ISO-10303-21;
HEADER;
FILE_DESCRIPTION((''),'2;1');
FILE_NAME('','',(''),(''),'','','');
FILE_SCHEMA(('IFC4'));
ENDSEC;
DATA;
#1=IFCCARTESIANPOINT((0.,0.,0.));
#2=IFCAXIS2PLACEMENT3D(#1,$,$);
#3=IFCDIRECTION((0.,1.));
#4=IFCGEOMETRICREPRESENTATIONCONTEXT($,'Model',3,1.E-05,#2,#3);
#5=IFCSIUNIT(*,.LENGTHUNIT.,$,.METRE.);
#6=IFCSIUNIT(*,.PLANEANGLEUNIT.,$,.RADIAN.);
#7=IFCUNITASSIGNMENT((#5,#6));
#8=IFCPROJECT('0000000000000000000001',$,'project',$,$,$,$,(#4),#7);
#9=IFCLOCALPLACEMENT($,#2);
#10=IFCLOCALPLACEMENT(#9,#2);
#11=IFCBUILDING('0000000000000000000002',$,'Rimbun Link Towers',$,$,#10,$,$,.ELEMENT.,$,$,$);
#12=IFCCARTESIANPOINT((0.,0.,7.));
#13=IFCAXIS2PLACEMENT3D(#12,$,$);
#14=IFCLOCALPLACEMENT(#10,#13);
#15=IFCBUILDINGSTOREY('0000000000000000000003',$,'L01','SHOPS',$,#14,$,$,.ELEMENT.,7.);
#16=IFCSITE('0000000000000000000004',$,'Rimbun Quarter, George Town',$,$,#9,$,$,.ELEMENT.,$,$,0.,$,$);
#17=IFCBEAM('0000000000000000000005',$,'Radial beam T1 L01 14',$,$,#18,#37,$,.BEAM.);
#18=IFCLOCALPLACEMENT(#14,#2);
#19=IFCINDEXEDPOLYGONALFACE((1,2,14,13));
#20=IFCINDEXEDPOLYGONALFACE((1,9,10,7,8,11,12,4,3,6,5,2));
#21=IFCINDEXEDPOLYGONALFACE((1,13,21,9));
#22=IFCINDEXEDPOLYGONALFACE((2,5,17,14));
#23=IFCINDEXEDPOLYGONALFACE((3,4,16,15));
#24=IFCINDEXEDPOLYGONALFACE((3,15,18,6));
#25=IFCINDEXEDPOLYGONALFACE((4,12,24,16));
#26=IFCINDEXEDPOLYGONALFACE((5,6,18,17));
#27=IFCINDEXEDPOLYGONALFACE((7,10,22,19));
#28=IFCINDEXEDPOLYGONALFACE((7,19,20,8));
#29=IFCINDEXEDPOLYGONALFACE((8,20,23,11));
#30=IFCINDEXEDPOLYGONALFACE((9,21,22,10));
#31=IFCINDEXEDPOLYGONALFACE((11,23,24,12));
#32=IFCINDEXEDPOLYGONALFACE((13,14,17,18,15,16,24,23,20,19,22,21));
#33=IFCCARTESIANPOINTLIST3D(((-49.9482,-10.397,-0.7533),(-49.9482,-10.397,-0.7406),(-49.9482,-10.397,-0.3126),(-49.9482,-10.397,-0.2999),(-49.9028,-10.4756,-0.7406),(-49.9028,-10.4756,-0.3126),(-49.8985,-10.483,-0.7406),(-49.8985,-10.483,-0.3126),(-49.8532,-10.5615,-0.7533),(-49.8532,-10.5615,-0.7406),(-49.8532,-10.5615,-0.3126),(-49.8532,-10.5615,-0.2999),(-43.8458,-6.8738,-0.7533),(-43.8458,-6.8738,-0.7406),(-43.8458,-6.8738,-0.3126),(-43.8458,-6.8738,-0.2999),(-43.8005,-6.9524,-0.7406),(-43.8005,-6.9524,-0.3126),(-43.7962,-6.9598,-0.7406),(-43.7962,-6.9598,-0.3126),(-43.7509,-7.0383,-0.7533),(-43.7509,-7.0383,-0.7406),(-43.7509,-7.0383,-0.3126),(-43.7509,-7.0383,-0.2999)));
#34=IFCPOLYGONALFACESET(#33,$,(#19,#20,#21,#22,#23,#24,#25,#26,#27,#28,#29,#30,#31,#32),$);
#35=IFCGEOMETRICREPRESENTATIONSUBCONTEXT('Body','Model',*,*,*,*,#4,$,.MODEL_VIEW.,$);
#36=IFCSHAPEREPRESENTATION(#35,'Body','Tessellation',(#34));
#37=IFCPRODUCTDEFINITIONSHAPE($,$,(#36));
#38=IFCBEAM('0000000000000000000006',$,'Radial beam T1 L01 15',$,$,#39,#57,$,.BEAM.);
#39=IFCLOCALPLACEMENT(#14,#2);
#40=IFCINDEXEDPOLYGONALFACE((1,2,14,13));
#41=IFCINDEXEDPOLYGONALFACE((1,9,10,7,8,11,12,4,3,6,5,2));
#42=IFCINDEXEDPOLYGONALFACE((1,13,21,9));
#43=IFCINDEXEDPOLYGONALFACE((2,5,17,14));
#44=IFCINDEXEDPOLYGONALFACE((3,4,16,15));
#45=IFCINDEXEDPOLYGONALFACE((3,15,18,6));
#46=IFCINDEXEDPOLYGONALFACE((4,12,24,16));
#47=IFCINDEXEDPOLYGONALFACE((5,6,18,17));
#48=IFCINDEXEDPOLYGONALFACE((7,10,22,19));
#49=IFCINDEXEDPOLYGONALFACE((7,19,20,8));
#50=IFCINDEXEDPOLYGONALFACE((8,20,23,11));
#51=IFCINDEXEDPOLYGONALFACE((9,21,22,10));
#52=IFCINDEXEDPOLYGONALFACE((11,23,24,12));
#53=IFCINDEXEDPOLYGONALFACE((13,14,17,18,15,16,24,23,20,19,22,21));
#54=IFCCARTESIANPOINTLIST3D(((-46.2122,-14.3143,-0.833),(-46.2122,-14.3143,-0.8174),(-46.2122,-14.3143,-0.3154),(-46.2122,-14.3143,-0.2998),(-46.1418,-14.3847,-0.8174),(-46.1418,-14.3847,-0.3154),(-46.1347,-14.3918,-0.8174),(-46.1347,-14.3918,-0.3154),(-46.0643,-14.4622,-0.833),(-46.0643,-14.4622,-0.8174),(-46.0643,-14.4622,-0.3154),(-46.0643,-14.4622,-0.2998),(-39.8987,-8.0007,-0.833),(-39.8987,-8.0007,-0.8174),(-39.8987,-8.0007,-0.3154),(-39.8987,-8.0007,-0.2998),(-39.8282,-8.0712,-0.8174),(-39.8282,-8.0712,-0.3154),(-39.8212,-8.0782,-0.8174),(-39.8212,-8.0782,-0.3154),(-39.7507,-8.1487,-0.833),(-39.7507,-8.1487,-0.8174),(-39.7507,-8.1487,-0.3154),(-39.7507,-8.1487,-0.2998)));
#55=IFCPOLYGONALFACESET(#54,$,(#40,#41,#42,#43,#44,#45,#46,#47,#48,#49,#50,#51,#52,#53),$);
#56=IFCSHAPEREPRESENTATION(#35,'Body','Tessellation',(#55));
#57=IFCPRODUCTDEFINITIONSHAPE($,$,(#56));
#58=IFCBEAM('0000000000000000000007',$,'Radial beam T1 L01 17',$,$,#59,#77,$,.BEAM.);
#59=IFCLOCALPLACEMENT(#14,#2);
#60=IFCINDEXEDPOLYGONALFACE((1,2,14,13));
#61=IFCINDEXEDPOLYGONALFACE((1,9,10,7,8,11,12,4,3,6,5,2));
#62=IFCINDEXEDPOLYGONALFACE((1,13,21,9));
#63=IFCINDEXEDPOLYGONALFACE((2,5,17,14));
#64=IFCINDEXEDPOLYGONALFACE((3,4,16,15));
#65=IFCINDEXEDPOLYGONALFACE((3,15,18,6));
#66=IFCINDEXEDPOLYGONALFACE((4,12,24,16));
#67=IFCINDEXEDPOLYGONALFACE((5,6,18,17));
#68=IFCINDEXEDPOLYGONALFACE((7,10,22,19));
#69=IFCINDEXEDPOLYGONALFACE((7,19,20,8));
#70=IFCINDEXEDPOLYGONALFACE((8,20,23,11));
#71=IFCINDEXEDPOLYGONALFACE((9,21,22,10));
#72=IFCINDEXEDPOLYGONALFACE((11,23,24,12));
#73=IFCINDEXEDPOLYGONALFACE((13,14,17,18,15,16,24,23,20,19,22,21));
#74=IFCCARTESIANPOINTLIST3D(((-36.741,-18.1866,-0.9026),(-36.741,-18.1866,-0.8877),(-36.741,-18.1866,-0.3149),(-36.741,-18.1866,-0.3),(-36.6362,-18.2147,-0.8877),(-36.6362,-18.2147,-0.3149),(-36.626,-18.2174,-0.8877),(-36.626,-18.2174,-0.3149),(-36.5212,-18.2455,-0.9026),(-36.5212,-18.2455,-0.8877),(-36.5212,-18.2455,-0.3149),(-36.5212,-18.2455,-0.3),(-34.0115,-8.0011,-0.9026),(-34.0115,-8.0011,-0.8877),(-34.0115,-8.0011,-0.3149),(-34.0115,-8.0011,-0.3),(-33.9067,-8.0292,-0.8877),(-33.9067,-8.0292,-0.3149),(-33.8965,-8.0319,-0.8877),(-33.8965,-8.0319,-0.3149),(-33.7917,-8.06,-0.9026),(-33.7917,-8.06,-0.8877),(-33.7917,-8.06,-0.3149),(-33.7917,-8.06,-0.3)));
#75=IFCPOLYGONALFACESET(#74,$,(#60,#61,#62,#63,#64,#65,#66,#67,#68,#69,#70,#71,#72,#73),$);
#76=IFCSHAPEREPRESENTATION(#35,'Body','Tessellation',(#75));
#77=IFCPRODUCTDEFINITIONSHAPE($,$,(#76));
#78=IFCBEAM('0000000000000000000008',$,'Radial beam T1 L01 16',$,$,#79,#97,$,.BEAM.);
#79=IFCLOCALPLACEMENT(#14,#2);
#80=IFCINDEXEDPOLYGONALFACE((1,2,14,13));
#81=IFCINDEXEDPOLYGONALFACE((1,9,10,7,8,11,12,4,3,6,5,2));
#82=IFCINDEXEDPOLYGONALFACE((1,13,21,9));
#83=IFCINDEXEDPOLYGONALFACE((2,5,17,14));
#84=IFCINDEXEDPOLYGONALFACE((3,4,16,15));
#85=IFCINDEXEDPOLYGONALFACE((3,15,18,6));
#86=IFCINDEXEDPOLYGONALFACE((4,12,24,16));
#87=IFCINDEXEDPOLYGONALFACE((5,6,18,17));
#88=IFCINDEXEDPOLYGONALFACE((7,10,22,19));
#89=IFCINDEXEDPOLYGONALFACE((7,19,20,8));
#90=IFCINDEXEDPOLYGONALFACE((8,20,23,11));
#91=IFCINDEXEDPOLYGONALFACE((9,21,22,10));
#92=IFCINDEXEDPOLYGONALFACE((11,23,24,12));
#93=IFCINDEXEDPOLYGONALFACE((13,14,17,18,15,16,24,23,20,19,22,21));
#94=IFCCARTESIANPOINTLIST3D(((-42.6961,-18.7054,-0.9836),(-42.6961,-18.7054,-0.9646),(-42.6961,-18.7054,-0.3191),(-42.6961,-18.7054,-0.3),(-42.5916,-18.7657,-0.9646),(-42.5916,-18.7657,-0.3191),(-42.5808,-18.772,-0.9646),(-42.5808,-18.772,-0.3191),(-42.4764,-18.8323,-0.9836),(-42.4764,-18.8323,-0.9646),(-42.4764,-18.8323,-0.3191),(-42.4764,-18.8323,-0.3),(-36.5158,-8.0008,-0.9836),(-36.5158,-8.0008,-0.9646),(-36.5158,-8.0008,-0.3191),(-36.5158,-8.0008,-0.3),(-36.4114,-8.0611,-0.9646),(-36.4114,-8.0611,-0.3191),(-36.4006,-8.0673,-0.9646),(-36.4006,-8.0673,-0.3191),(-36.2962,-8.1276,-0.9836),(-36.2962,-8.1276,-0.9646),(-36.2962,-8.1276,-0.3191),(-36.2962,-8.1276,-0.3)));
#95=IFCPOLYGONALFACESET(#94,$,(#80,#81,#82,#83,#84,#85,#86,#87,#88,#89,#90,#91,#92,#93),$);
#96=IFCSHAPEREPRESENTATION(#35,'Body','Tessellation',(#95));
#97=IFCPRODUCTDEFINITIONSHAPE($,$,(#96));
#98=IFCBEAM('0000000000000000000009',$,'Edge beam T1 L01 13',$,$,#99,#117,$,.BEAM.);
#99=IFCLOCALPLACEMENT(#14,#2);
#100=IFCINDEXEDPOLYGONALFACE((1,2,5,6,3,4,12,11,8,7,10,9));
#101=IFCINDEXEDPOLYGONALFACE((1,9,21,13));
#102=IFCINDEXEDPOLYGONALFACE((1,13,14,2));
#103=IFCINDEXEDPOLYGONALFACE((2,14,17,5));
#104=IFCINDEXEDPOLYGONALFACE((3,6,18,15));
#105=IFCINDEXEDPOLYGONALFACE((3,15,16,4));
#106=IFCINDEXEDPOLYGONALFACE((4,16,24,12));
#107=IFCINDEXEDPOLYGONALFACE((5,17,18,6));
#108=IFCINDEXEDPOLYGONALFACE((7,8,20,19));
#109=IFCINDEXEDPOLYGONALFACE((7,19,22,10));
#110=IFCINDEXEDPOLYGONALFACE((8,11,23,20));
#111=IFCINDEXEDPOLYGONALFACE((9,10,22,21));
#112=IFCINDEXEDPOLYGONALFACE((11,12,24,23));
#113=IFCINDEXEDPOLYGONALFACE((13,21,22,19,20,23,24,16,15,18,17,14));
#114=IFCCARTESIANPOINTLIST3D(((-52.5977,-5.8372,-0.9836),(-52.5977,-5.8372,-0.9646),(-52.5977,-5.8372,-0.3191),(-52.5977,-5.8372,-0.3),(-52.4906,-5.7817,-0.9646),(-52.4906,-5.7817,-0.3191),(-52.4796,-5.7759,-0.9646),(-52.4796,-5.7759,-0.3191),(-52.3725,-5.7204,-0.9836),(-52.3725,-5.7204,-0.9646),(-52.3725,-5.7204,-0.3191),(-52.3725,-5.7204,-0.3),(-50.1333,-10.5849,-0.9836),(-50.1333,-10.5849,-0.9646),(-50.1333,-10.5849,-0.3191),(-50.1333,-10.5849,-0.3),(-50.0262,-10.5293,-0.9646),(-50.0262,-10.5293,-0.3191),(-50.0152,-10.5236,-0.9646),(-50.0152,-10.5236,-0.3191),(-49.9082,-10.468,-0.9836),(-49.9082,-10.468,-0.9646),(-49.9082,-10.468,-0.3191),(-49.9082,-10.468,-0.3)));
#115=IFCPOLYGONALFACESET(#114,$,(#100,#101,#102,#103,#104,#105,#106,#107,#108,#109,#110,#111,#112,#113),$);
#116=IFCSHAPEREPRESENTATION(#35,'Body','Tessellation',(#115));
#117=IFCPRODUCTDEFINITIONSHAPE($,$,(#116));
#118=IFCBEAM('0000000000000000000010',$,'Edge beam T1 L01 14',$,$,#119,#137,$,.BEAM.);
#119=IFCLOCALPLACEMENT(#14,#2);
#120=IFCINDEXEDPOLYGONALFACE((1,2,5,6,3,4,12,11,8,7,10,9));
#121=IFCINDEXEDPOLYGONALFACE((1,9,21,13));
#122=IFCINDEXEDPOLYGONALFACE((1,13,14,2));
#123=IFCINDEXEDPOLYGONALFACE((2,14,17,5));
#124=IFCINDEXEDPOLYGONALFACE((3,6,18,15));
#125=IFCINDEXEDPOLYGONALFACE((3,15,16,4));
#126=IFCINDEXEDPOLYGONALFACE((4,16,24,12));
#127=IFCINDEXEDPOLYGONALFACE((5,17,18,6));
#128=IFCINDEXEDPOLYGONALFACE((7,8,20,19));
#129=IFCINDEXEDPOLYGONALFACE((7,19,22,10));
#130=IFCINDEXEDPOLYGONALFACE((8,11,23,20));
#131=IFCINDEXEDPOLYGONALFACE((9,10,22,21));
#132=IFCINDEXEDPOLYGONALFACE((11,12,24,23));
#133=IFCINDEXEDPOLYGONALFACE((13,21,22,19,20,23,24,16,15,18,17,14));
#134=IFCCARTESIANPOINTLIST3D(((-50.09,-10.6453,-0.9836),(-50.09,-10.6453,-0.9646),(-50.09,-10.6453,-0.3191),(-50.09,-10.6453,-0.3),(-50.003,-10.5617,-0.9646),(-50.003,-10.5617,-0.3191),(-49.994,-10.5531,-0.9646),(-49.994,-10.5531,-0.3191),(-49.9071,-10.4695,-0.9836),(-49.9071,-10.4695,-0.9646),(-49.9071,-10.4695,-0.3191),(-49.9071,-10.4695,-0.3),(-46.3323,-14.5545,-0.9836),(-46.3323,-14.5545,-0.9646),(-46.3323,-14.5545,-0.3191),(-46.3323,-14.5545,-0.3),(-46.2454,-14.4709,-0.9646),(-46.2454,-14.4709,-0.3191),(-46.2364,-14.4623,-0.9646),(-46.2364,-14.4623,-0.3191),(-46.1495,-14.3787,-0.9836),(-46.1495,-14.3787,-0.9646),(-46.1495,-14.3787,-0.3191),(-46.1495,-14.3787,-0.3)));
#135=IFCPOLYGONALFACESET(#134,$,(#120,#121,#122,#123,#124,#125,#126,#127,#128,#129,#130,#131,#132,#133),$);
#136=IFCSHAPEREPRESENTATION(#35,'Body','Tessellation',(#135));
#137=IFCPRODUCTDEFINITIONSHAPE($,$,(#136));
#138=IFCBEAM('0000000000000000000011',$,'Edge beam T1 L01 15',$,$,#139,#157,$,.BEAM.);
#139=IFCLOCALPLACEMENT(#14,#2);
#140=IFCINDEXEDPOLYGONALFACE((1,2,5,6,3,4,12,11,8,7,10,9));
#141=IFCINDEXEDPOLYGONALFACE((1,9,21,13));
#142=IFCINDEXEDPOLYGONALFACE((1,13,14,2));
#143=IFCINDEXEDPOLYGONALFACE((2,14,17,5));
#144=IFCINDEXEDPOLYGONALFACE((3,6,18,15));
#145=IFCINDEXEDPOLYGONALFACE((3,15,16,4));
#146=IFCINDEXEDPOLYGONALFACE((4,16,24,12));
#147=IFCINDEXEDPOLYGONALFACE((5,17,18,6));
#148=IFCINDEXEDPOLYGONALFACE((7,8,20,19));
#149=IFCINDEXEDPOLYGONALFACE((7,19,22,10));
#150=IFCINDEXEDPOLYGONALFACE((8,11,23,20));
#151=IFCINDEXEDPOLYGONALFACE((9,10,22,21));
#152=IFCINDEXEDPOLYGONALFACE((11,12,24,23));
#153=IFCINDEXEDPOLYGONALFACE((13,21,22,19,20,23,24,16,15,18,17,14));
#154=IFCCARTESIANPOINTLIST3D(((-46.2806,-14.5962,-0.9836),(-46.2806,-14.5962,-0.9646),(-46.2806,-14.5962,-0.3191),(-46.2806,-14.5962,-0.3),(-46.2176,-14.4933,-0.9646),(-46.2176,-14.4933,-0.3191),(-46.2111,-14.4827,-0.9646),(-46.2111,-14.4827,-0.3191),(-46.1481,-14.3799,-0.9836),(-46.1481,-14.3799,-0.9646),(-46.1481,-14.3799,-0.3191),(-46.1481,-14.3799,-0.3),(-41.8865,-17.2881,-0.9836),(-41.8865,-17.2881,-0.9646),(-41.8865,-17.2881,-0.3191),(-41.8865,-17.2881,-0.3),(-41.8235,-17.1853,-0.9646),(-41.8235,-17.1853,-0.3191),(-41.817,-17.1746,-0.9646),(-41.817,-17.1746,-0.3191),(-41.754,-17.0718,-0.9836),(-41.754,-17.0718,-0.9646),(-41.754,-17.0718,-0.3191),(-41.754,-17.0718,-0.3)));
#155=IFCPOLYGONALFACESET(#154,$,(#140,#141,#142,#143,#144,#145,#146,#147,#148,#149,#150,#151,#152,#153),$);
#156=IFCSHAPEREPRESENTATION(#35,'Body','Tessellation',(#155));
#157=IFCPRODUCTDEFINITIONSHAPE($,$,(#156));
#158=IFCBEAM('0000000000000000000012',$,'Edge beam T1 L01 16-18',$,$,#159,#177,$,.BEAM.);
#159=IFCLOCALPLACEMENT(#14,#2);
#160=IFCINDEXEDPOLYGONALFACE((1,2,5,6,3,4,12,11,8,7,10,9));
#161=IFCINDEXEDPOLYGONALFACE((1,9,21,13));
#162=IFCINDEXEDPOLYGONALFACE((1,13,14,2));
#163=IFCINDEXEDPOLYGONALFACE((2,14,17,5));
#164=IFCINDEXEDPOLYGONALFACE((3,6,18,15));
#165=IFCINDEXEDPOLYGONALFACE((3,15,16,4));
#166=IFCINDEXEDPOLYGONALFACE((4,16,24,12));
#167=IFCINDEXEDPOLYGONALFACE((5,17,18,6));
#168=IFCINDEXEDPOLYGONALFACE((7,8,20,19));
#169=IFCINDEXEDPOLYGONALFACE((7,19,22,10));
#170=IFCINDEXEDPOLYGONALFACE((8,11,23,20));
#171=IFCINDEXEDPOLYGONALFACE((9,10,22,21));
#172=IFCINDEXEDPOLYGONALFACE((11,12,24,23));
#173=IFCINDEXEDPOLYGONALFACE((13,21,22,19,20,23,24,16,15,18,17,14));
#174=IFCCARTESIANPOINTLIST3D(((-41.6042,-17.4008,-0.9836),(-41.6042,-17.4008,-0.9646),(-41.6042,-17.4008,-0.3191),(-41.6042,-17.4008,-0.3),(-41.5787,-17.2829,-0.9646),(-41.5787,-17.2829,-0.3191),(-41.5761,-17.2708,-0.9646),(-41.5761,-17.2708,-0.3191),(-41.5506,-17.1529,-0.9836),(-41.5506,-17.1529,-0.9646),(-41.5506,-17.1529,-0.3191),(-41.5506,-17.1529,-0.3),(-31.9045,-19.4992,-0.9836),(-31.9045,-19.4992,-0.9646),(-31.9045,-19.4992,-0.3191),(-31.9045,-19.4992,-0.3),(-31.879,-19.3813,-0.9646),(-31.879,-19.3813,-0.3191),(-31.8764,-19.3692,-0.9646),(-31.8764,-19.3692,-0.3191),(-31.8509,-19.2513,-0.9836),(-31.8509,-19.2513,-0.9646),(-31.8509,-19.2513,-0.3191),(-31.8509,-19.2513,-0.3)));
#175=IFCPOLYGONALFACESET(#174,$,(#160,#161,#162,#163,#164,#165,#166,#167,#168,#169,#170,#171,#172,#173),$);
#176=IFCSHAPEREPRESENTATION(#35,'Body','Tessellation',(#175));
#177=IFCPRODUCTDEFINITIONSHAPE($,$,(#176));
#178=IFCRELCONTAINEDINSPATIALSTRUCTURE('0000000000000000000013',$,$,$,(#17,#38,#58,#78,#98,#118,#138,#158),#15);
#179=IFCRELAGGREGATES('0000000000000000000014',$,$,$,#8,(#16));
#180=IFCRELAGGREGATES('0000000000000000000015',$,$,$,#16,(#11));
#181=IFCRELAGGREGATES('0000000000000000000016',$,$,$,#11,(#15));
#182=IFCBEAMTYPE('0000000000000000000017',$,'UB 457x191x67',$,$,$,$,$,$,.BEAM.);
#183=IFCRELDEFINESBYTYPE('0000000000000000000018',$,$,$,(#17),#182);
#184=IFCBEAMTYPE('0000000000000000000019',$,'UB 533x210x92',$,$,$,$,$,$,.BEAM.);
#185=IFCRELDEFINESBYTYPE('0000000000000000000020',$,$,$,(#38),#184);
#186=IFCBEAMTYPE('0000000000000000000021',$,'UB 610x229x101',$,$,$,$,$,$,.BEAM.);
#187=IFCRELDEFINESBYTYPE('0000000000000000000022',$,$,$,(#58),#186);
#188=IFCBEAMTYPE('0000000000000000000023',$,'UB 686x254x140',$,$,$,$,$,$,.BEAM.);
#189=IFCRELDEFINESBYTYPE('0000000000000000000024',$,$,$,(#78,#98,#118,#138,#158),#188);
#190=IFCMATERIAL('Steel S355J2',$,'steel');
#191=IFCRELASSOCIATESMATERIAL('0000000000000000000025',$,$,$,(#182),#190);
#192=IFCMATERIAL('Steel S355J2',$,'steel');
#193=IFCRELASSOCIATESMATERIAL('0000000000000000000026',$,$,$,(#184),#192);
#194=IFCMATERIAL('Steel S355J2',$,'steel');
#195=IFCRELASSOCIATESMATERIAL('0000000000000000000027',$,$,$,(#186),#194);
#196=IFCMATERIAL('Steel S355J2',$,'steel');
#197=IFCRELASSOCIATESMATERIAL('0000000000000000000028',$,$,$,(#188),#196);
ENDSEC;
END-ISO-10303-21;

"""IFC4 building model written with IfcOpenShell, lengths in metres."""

from ifc_helpers import new_model, si_unit, direction, frame, origin, origin_2d, place, context, subcontext, project, spatial, i_section, extrude, material, material_profile, profile_set, type_object, element, save


model = new_model("IFC4")

# Units and contexts
model_context = context("Model", 3, precision=1e-05, world=origin(), true_north=direction((0.0, 1.0)))
body_context = subcontext(model_context, "Body", "Model", "MODEL_VIEW")
ifc_project = project(units=[si_unit("LENGTHUNIT", "METRE"), si_unit("PLANEANGLEUNIT", "RADIAN")], contexts=[model_context])

# Site, building, storey
site_placement = place(None, origin())
site = spatial("IfcSite", under=ifc_project, at=site_placement, Name="Rimbun Quarter, George Town", CompositionType="ELEMENT", RefElevation=0.0)
building_placement = place(site_placement, origin())
building = spatial("IfcBuilding", under=site, at=building_placement, Name="Rimbun Link Towers", CompositionType="ELEMENT")
storey_placement = place(building_placement, frame((0.0, 0.0, 7.0)))
storey = spatial("IfcBuildingStorey", under=building, at=storey_placement, Name="L01", Description="SHOPS", CompositionType="ELEMENT", Elevation=7.0)

# Beams
ifc_material_1 = material(Name="Steel S355J2", Category="steel")
ifc_material_profile_1 = material_profile(ifc_material_1, i_section(OverallWidth=0.1899, OverallDepth=0.4534, WebThickness=0.0085, FlangeThickness=0.0127, at=origin_2d()), Name="UB 457x191x67")
ifc_profile_set_1 = profile_set([ifc_material_profile_1], Name="Steel S355J2")
beam_type_1 = type_object("IfcBeamType", Name="UB 457x191x67", PredefinedType="BEAM", material=ifc_profile_set_1)
beam_1_placement = place(storey_placement, frame((-43.7983, -6.9561, -0.5266), z_axis=(-0.866023, -0.500003, 0.0), x_axis=(0.500003, -0.866023, 0.0)))
element("IfcBeam", 1, at=beam_1_placement, inside=storey, type_object=beam_type_1, Name="Radial beam T1 L01 14", PredefinedType="BEAM", context=body_context, shape_type="SweptSolid", body=[
    extrude(i_section(OverallWidth=0.1899, OverallDepth=0.4534, WebThickness=0.0085, FlangeThickness=0.0127, at=origin_2d()), origin(), (0.0, 0.0, 1.0), 7.0464),
])
ifc_material_2 = material(Name="Steel S355J2", Category="steel")
ifc_material_profile_2 = material_profile(ifc_material_2, i_section(OverallWidth=0.2092, OverallDepth=0.5332, WebThickness=0.01, FlangeThickness=0.0156, at=origin_2d()), Name="UB 533x210x92")
ifc_profile_set_2 = profile_set([ifc_material_profile_2], Name="Steel S355J2")
beam_type_2 = type_object("IfcBeamType", Name="UB 533x210x92", PredefinedType="BEAM", material=ifc_profile_set_2)
beam_2_placement = place(storey_placement, frame((-39.8247, -8.0747, -0.5664), z_axis=(-0.707107, -0.707107, 0.0), x_axis=(0.707107, -0.707107, 0.0)))
element("IfcBeam", 2, at=beam_2_placement, inside=storey, type_object=beam_type_2, Name="Radial beam T1 L01 15", PredefinedType="BEAM", context=body_context, shape_type="SweptSolid", body=[
    extrude(i_section(OverallWidth=0.2092, OverallDepth=0.5332, WebThickness=0.01, FlangeThickness=0.0156, at=origin_2d()), origin(), (0.0, 0.0, 1.0), 8.9287),
])
ifc_material_3 = material(Name="Steel S355J2", Category="steel")
ifc_material_profile_3 = material_profile(ifc_material_3, i_section(OverallWidth=0.2275, OverallDepth=0.6025, WebThickness=0.0105, FlangeThickness=0.0149, at=origin_2d()), Name="UB 610x229x101")
ifc_profile_set_3 = profile_set([ifc_material_profile_3], Name="Steel S355J2")
beam_type_3 = type_object("IfcBeamType", Name="UB 610x229x101", PredefinedType="BEAM", material=ifc_profile_set_3)
beam_3_placement = place(storey_placement, frame((-33.9016, -8.0305, -0.6013), z_axis=(-0.258844, -0.965919, 0.0), x_axis=(0.965919, -0.258844, 0.0)))
element("IfcBeam", 3, at=beam_3_placement, inside=storey, type_object=beam_type_3, Name="Radial beam T1 L01 17", PredefinedType="BEAM", context=body_context, shape_type="SweptSolid", body=[
    extrude(i_section(OverallWidth=0.2275, OverallDepth=0.6025, WebThickness=0.0105, FlangeThickness=0.0149, at=origin_2d()), origin(), (0.0, 0.0, 1.0), 10.5449),
])
ifc_material_4 = material(Name="Steel S355J2", Category="steel")
ifc_material_profile_4 = material_profile(ifc_material_4, i_section(OverallWidth=0.2537, OverallDepth=0.6836, WebThickness=0.0125, FlangeThickness=0.019, at=origin_2d()), Name="UB 686x254x140")
ifc_profile_set_4 = profile_set([ifc_material_profile_4], Name="Steel S355J2")
beam_type_4 = type_object("IfcBeamType", Name="UB 686x254x140", PredefinedType="BEAM", material=ifc_profile_set_4)
beam_4_placement = place(storey_placement, frame((-36.406, -8.0642, -0.6418), z_axis=(-0.499993, -0.86603, 0.0), x_axis=(0.86603, -0.499993, 0.0)))
element("IfcBeam", 4, at=beam_4_placement, inside=storey, type_object=beam_type_4, Name="Radial beam T1 L01 16", PredefinedType="BEAM", context=body_context, shape_type="SweptSolid", body=[
    extrude(i_section(OverallWidth=0.2537, OverallDepth=0.6836, WebThickness=0.0125, FlangeThickness=0.019, at=origin_2d()), origin(), (0.0, 0.0, 1.0), 12.3606),
])
beam_5_placement = place(storey_placement, frame((-52.4851, -5.7788, -0.6418), z_axis=(0.460709, -0.887551, 0.0), x_axis=(0.887551, 0.460709, 0.0)))
element("IfcBeam", 5, at=beam_5_placement, inside=storey, type_object=beam_type_4, Name="Edge beam T1 L01 13", PredefinedType="BEAM", context=body_context, shape_type="SweptSolid", body=[
    extrude(i_section(OverallWidth=0.2537, OverallDepth=0.6836, WebThickness=0.0125, FlangeThickness=0.019, at=origin_2d()), origin(), (0.0, 0.0, 1.0), 5.3491),
])
beam_6_placement = place(storey_placement, frame((-49.9985, -10.5574, -0.6418), z_axis=(0.692988, -0.720949, 0.0), x_axis=(0.720949, 0.692988, 0.0)))
element("IfcBeam", 6, at=beam_6_placement, inside=storey, type_object=beam_type_4, Name="Edge beam T1 L01 14", PredefinedType="BEAM", context=body_context, shape_type="SweptSolid", body=[
    extrude(i_section(OverallWidth=0.2537, OverallDepth=0.6836, WebThickness=0.0125, FlangeThickness=0.019, at=origin_2d()), origin(), (0.0, 0.0, 1.0), 5.4224),
])
beam_7_placement = place(storey_placement, frame((-46.2144, -14.488, -0.6418), z_axis=(0.852707, -0.522389, 0.0), x_axis=(0.522389, 0.852707, 0.0)))
element("IfcBeam", 7, at=beam_7_placement, inside=storey, type_object=beam_type_4, Name="Edge beam T1 L01 15", PredefinedType="BEAM", context=body_context, shape_type="SweptSolid", body=[
    extrude(i_section(OverallWidth=0.2537, OverallDepth=0.6836, WebThickness=0.0125, FlangeThickness=0.019, at=origin_2d()), origin(), (0.0, 0.0, 1.0), 5.1531),
])
beam_8_placement = place(storey_placement, frame((-41.5774, -17.2769, -0.6418), z_axis=(0.97739, -0.211444, 0.0), x_axis=(0.211444, 0.97739, 0.0)))
element("IfcBeam", 8, at=beam_8_placement, inside=storey, type_object=beam_type_4, Name="Edge beam T1 L01 16-18", PredefinedType="BEAM", context=body_context, shape_type="SweptSolid", body=[
    extrude(i_section(OverallWidth=0.2537, OverallDepth=0.6836, WebThickness=0.0125, FlangeThickness=0.019, at=origin_2d()), origin(), (0.0, 0.0, 1.0), 9.9241),
])

save(model, "model.ifc")
